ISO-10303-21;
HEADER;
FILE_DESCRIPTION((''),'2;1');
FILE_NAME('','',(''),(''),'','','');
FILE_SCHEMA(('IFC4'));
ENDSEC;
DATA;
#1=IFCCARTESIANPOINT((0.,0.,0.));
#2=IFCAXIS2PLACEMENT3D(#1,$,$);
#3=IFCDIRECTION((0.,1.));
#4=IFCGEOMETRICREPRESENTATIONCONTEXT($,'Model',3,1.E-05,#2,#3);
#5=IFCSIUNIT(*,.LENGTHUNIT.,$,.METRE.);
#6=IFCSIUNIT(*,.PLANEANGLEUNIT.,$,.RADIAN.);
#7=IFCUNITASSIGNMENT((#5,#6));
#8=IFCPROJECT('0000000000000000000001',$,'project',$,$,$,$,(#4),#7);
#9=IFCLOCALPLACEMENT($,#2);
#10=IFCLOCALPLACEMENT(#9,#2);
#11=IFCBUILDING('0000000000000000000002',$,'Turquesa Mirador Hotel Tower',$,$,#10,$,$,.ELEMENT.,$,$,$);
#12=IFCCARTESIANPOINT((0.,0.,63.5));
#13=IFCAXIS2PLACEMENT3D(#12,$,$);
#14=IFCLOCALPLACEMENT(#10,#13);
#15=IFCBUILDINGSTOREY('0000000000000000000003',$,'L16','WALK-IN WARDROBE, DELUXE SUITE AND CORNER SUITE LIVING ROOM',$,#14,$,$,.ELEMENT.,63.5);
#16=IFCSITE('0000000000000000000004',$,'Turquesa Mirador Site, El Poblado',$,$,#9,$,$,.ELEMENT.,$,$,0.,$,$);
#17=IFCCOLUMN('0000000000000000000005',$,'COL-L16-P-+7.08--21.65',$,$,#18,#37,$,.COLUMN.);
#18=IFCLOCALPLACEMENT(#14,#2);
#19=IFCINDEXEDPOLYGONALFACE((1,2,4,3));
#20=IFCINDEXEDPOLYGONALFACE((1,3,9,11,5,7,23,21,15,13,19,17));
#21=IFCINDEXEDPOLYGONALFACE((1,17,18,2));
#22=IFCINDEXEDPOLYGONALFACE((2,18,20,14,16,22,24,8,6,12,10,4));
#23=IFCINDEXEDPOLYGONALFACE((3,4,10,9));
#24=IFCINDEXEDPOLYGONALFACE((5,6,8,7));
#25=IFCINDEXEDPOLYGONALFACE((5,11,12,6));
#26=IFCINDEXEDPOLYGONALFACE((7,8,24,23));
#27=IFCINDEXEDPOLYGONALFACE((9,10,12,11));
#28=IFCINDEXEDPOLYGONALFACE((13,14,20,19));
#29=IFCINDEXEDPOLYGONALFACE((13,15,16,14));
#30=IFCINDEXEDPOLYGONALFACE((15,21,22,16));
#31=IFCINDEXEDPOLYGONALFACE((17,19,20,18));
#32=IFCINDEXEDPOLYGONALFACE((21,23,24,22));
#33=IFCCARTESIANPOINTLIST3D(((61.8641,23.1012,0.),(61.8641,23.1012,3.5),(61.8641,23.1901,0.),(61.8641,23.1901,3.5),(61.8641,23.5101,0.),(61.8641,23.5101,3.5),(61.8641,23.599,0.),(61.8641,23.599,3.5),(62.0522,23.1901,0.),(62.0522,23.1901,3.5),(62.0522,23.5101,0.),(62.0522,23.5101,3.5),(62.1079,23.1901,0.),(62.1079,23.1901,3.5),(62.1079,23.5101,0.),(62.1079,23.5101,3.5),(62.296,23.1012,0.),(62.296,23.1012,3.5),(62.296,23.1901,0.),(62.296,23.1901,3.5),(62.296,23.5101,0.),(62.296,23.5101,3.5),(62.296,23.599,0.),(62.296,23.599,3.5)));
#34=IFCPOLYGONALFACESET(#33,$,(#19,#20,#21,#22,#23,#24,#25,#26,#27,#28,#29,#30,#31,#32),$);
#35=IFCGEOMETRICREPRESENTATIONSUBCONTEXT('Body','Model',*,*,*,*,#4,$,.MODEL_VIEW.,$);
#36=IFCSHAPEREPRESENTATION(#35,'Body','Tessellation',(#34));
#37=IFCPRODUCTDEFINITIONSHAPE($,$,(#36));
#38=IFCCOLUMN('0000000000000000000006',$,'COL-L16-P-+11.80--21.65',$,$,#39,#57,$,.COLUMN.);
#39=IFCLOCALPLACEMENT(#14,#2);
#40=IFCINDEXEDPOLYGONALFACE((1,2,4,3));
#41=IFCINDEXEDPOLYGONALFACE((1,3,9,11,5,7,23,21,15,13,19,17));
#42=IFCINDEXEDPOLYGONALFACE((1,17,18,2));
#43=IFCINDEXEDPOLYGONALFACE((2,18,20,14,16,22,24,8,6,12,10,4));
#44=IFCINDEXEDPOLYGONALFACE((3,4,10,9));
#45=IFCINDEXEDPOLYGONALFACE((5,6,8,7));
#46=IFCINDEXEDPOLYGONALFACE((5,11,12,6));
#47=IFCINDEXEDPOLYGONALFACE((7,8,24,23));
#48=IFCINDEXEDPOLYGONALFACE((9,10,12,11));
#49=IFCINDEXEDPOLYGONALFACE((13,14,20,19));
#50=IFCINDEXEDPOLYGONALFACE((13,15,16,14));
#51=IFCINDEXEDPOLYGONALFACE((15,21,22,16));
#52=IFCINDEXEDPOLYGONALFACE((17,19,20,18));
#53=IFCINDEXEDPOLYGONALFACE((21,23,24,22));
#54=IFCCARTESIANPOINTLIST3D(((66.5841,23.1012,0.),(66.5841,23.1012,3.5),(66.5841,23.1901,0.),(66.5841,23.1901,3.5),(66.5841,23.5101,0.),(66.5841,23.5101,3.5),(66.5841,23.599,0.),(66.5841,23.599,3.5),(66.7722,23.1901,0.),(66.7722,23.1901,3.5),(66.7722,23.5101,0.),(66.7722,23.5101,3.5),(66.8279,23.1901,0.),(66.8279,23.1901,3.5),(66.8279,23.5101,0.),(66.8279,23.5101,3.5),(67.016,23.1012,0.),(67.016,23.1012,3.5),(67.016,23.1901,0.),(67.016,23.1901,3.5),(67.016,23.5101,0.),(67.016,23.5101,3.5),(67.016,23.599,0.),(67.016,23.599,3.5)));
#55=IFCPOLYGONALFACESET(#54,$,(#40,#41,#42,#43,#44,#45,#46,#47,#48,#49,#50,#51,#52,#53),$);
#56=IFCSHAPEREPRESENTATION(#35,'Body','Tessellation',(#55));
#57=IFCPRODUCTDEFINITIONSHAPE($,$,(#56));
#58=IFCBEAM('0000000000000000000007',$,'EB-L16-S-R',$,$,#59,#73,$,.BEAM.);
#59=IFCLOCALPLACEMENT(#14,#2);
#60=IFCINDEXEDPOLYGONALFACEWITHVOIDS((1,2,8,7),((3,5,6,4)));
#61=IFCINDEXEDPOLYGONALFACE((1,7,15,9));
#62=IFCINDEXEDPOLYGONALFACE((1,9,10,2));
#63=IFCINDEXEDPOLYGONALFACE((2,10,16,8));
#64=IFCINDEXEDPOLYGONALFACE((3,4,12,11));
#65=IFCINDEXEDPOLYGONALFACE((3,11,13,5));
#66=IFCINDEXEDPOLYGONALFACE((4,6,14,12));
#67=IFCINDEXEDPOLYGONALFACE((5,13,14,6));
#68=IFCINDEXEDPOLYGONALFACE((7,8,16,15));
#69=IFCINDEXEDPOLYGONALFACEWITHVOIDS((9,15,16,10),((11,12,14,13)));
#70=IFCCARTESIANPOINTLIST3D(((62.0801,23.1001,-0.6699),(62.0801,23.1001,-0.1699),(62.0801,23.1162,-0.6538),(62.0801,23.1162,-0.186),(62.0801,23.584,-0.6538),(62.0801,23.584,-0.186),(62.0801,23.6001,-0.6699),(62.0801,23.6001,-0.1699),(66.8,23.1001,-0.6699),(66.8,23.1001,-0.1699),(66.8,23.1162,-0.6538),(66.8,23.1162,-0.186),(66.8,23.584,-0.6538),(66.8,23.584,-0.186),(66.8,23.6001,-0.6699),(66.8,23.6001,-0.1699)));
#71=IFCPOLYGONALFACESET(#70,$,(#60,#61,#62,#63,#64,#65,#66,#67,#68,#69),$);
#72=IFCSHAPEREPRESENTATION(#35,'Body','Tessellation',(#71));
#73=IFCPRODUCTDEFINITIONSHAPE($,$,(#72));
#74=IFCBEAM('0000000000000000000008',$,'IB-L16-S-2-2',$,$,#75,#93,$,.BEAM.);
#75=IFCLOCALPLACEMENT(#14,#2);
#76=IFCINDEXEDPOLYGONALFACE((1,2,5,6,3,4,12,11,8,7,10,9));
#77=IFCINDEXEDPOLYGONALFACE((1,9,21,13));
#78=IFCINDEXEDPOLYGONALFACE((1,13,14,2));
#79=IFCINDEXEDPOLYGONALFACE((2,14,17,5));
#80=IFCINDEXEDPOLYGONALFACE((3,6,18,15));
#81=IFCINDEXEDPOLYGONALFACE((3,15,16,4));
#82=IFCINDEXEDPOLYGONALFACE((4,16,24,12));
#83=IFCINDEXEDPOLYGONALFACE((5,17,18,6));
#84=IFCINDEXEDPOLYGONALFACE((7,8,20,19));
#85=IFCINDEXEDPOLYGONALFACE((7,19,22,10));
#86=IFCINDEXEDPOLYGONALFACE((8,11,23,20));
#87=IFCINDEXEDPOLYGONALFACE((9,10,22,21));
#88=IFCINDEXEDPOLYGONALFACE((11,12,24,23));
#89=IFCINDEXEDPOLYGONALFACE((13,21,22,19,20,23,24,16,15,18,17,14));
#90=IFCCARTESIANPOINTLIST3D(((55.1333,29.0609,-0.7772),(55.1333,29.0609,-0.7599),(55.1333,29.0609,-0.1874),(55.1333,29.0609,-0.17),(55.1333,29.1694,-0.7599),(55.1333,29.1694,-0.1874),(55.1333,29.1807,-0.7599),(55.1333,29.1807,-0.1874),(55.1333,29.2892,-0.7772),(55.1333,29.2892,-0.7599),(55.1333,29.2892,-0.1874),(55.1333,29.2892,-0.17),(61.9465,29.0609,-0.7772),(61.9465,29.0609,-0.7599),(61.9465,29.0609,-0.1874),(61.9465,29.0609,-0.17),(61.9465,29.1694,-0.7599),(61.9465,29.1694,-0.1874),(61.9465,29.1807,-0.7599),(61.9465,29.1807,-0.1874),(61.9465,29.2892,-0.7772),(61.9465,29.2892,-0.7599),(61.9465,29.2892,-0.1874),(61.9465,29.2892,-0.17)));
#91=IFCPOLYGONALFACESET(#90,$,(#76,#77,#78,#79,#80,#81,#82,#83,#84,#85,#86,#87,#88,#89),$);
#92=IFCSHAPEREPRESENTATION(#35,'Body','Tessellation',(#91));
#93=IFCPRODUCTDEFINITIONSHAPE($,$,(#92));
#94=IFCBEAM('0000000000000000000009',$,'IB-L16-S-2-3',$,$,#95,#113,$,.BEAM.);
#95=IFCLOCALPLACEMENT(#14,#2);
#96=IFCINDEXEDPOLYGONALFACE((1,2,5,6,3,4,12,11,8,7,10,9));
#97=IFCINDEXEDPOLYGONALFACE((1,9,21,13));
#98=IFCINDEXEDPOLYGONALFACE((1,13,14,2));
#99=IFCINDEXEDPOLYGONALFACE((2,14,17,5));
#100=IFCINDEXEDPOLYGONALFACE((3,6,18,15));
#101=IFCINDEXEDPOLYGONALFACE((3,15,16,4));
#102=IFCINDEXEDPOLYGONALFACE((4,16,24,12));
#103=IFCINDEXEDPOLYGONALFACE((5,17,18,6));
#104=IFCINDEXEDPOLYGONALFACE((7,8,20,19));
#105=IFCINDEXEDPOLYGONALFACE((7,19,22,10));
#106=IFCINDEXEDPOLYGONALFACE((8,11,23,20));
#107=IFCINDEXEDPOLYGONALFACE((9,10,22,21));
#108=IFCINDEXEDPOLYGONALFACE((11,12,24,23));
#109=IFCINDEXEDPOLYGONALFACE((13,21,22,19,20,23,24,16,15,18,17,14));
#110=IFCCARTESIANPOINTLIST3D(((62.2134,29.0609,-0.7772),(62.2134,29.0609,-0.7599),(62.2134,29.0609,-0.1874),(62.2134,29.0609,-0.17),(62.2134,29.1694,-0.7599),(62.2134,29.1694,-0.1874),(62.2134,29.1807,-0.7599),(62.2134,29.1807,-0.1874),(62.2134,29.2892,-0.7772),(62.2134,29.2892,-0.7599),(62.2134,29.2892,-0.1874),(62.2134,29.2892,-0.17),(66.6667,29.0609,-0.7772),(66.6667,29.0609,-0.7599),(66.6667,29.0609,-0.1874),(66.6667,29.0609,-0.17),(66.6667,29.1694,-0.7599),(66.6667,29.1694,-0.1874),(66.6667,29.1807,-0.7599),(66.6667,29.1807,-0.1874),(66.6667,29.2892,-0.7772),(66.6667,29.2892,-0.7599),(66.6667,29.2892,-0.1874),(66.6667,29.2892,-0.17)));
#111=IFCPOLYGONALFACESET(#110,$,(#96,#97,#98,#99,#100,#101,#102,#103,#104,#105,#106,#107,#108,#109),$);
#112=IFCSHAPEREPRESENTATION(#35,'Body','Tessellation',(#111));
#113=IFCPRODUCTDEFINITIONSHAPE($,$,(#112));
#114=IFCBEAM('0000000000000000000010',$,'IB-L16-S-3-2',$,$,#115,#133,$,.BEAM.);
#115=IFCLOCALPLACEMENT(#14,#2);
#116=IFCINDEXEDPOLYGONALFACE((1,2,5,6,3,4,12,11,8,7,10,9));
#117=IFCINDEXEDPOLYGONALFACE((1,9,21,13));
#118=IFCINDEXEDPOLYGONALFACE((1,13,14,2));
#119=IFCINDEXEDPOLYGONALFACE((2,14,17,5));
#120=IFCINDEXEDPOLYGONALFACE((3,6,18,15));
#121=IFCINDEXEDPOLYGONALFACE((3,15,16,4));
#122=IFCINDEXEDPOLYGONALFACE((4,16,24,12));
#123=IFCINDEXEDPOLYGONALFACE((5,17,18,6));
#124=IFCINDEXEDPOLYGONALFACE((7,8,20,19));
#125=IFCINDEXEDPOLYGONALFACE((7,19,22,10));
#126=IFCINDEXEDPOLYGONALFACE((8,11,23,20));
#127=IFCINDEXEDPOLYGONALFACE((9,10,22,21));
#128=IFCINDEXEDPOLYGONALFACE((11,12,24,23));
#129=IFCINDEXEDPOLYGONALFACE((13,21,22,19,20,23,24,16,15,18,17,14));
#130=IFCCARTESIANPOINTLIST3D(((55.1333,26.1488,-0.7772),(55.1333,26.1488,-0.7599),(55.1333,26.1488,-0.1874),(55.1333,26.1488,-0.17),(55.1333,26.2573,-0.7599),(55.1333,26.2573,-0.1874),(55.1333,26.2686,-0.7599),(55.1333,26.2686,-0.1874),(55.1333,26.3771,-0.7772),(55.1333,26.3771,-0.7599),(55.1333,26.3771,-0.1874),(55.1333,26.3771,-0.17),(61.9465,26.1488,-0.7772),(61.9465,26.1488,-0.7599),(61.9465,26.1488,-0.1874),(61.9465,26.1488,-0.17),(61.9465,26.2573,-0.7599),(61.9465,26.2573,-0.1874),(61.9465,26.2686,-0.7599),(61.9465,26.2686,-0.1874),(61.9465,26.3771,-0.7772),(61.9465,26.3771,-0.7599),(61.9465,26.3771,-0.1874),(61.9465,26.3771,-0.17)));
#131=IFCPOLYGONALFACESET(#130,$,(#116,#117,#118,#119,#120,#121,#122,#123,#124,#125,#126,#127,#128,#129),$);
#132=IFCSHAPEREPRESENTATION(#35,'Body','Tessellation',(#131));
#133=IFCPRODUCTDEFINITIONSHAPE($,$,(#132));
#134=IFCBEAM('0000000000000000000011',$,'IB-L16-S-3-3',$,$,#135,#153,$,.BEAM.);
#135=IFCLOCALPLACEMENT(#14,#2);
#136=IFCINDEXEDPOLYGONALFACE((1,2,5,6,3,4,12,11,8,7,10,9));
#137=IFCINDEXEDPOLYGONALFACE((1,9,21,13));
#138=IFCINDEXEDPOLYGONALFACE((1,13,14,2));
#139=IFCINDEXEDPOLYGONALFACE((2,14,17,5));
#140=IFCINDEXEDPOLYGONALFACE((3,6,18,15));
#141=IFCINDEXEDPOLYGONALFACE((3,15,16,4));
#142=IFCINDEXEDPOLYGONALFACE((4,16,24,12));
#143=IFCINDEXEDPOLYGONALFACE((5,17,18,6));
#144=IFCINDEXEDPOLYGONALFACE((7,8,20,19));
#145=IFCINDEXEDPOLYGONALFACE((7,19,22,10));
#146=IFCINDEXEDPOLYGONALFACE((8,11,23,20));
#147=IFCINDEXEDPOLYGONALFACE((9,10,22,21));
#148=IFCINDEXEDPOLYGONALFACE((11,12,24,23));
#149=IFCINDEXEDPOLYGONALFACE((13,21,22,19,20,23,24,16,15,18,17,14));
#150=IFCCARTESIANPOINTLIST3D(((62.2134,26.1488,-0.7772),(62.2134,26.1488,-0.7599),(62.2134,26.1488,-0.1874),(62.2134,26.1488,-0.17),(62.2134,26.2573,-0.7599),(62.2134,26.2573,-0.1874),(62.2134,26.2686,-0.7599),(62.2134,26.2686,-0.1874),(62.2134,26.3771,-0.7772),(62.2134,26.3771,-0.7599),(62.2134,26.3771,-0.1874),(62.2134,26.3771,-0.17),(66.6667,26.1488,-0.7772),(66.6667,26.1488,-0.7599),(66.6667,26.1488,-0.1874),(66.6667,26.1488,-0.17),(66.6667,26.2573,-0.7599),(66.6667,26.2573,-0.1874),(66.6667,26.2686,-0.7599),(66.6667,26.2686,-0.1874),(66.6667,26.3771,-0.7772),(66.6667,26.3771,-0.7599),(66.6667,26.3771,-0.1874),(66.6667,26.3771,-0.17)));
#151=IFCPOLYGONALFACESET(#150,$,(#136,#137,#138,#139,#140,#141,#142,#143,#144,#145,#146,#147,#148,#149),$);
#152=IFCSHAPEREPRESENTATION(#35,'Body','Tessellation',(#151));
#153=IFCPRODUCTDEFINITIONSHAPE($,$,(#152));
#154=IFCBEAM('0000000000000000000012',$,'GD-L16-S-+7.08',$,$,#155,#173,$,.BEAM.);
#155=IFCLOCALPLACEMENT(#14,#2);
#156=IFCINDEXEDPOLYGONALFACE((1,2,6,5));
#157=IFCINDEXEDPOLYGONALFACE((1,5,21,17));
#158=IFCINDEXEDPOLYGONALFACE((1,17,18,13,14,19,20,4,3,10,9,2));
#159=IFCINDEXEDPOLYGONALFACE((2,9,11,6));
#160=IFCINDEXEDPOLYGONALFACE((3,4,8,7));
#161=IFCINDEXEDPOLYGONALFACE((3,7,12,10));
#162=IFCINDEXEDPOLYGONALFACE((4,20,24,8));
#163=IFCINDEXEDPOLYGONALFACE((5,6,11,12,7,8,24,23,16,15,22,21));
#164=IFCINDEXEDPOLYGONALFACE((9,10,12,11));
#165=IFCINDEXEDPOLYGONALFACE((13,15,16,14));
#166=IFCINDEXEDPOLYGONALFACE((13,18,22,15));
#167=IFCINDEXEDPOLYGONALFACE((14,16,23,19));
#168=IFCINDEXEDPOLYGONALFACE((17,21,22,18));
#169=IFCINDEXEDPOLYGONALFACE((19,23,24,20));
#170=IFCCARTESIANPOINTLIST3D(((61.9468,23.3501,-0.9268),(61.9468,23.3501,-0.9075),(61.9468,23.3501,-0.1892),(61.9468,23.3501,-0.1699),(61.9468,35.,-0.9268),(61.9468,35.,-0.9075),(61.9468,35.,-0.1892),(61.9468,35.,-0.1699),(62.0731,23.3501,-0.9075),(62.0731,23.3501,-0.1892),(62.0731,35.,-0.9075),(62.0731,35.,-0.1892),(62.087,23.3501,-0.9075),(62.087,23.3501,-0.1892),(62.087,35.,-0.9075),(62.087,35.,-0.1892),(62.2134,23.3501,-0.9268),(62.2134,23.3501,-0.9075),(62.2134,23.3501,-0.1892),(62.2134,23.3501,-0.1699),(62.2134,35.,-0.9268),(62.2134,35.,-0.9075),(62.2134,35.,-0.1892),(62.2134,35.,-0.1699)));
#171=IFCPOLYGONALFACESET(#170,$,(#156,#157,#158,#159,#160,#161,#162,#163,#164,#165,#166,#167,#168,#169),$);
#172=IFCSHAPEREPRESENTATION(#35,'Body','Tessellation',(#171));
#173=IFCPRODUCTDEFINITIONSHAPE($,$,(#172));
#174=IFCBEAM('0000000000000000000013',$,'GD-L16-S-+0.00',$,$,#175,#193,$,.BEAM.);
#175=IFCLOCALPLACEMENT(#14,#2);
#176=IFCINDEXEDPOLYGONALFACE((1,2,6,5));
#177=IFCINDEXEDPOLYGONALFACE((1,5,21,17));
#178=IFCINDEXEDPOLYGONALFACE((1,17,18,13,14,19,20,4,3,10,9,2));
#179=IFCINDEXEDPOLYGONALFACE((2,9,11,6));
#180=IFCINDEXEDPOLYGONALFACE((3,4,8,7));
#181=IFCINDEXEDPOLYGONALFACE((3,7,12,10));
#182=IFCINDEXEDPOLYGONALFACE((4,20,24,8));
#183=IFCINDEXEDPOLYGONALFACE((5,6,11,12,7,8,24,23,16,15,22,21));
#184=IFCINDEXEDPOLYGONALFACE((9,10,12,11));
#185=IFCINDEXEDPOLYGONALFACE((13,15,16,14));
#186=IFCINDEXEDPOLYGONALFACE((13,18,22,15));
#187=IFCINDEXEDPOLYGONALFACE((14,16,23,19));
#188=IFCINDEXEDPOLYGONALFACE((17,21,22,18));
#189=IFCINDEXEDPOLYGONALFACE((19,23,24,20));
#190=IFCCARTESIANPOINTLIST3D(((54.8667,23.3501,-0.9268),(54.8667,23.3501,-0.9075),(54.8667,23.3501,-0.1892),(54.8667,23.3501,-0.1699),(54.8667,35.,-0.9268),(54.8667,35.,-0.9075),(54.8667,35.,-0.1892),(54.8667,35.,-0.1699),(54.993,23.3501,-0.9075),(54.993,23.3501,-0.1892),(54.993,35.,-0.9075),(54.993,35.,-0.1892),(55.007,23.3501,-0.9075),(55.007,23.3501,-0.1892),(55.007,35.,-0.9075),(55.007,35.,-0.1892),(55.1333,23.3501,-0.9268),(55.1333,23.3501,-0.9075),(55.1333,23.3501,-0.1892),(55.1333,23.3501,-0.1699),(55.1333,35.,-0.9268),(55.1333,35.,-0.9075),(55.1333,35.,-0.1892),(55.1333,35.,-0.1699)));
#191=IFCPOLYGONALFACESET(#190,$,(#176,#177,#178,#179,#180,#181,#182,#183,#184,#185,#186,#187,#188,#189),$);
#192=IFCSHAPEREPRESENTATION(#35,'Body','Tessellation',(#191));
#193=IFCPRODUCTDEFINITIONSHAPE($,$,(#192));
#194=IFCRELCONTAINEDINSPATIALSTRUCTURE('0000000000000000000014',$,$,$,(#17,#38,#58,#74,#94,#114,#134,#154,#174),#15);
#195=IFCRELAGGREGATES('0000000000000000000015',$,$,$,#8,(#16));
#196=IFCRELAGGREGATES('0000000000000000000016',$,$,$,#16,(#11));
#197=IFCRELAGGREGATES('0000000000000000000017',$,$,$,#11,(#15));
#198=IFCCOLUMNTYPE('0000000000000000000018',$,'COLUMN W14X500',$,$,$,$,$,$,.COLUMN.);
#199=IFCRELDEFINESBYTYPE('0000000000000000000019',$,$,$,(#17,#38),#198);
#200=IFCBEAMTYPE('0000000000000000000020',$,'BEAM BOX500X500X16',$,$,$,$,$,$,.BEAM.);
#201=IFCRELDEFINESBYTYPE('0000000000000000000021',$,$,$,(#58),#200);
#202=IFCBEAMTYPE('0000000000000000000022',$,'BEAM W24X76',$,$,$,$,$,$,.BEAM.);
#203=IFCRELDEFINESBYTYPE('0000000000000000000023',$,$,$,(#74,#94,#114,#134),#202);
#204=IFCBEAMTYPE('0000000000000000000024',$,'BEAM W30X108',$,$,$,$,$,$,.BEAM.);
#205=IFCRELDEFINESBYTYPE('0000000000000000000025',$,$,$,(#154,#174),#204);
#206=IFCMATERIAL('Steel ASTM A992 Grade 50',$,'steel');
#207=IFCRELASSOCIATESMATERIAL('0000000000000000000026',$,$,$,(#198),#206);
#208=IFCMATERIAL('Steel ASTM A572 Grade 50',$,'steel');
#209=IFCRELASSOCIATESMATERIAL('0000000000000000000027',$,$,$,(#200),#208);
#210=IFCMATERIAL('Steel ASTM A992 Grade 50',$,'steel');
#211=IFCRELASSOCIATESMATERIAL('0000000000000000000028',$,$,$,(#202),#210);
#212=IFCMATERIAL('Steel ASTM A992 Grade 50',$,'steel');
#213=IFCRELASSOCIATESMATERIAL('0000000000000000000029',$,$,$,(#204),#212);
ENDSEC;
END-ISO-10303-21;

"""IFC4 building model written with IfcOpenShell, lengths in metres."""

from ifc_helpers import new_model, si_unit, direction, frame, origin, origin_2d, place, context, subcontext, project, spatial, hollow_rectangle, i_section, extrude, material, material_profile, profile_set, type_object, element, save


model = new_model("IFC4")

# Units and contexts
model_context = context("Model", 3, precision=1e-05, world=origin(), true_north=direction((0.0, 1.0)))
body_context = subcontext(model_context, "Body", "Model", "MODEL_VIEW")
ifc_project = project(units=[si_unit("LENGTHUNIT", "METRE"), si_unit("PLANEANGLEUNIT", "RADIAN")], contexts=[model_context])

# Site, building, storey
site_placement = place(None, origin())
site = spatial("IfcSite", under=ifc_project, at=site_placement, Name="Turquesa Mirador Site, El Poblado", CompositionType="ELEMENT", RefElevation=0.0)
building_placement = place(site_placement, origin())
building = spatial("IfcBuilding", under=site, at=building_placement, Name="Turquesa Mirador Hotel Tower", CompositionType="ELEMENT")
storey_placement = place(building_placement, frame((0.0, 0.0, 63.5)))
storey = spatial("IfcBuildingStorey", under=building, at=storey_placement, Name="L16", Description="WALK-IN WARDROBE, DELUXE SUITE AND CORNER SUITE LIVING ROOM", CompositionType="ELEMENT", Elevation=63.5)

# Columns
ifc_material_1 = material(Name="Steel ASTM A992 Grade 50", Category="steel")
ifc_material_profile_1 = material_profile(ifc_material_1, i_section(OverallWidth=0.4319, OverallDepth=0.4978, WebThickness=0.0557, FlangeThickness=0.0889, at=origin_2d()), Name="W14X500")
ifc_profile_set_1 = profile_set([ifc_material_profile_1], Name="Steel ASTM A992 Grade 50")
column_type = type_object("IfcColumnType", Name="COLUMN W14X500", PredefinedType="COLUMN", material=ifc_profile_set_1)
for number, where, z_axis, x_axis, name in (
    (1, (62.0801, 23.3501, 0.0), (0.0, 0.0, 1.0), (1.0, 0.0, 0.0), "COL-L16-P-+7.08--21.65"),
    (2, (66.8, 23.3501, 0.0), (0.0, 0.0, 1.0), (1.0, 0.0, 0.0), "COL-L16-P-+11.80--21.65"),
):
    element("IfcColumn", number, at=place(storey_placement, frame(where, z_axis=z_axis, x_axis=x_axis)), inside=storey, type_object=column_type, Name=name, PredefinedType="COLUMN", context=body_context, shape_type="SweptSolid", body=[
        extrude(i_section(OverallWidth=0.4319, OverallDepth=0.4978, WebThickness=0.0557, FlangeThickness=0.0889, at=origin_2d()), origin(), (0.0, 0.0, 1.0), 3.5),
    ])

# Beams
ifc_material_2 = material(Name="Steel ASTM A572 Grade 50", Category="steel")
ifc_material_profile_2 = material_profile(ifc_material_2, hollow_rectangle(XDim=0.5, YDim=0.5, WallThickness=0.0161, at=origin_2d()), Name="BOX500X500X16")
ifc_profile_set_2 = profile_set([ifc_material_profile_2], Name="Steel ASTM A572 Grade 50")
beam_type_1 = type_object("IfcBeamType", Name="BEAM BOX500X500X16", PredefinedType="BEAM", material=ifc_profile_set_2)
beam_1_placement = place(storey_placement, frame((62.0801, 23.3501, -0.4199), z_axis=(1.0, 0.0, 0.0), x_axis=(0.0, 1.0, 0.0)))
element("IfcBeam", 3, at=beam_1_placement, inside=storey, type_object=beam_type_1, Name="EB-L16-S-R", PredefinedType="BEAM", context=body_context, shape_type="SweptSolid", body=[
    extrude(hollow_rectangle(XDim=0.5, YDim=0.5, WallThickness=0.0161, at=origin_2d()), origin(), (0.0, 0.0, 1.0), 4.72),
])
ifc_material_3 = material(Name="Steel ASTM A992 Grade 50", Category="steel")
ifc_material_profile_3 = material_profile(ifc_material_3, i_section(OverallWidth=0.2283, OverallDepth=0.6072, WebThickness=0.0112, FlangeThickness=0.0173, at=origin_2d()), Name="W24X76")
ifc_profile_set_3 = profile_set([ifc_material_profile_3], Name="Steel ASTM A992 Grade 50")
beam_type_2 = type_object("IfcBeamType", Name="BEAM W24X76", PredefinedType="BEAM", material=ifc_profile_set_3)
beam_2_placement = place(storey_placement, frame((55.1333, 29.175, -0.4736), z_axis=(1.0, 0.0, 0.0), x_axis=(0.0, 1.0, 0.0)))
element("IfcBeam", 4, at=beam_2_placement, inside=storey, type_object=beam_type_2, Name="IB-L16-S-2-2", PredefinedType="BEAM", context=body_context, shape_type="SweptSolid", body=[
    extrude(i_section(OverallWidth=0.2283, OverallDepth=0.6072, WebThickness=0.0112, FlangeThickness=0.0173, at=origin_2d()), origin(), (0.0, 0.0, 1.0), 6.8132),
])
beam_3_placement = place(storey_placement, frame((62.2134, 29.175, -0.4736), z_axis=(1.0, 0.0, 0.0), x_axis=(0.0, 1.0, 0.0)))
element("IfcBeam", 5, at=beam_3_placement, inside=storey, type_object=beam_type_2, Name="IB-L16-S-2-3", PredefinedType="BEAM", context=body_context, shape_type="SweptSolid", body=[
    extrude(i_section(OverallWidth=0.2283, OverallDepth=0.6072, WebThickness=0.0112, FlangeThickness=0.0173, at=origin_2d()), origin(), (0.0, 0.0, 1.0), 4.4534),
])
beam_4_placement = place(storey_placement, frame((55.1333, 26.2629, -0.4736), z_axis=(1.0, 0.0, 0.0), x_axis=(0.0, 1.0, 0.0)))
element("IfcBeam", 6, at=beam_4_placement, inside=storey, type_object=beam_type_2, Name="IB-L16-S-3-2", PredefinedType="BEAM", context=body_context, shape_type="SweptSolid", body=[
    extrude(i_section(OverallWidth=0.2283, OverallDepth=0.6072, WebThickness=0.0112, FlangeThickness=0.0173, at=origin_2d()), origin(), (0.0, 0.0, 1.0), 6.8132),
])
beam_5_placement = place(storey_placement, frame((62.2134, 26.2629, -0.4736), z_axis=(1.0, 0.0, 0.0), x_axis=(0.0, 1.0, 0.0)))
element("IfcBeam", 7, at=beam_5_placement, inside=storey, type_object=beam_type_2, Name="IB-L16-S-3-3", PredefinedType="BEAM", context=body_context, shape_type="SweptSolid", body=[
    extrude(i_section(OverallWidth=0.2283, OverallDepth=0.6072, WebThickness=0.0112, FlangeThickness=0.0173, at=origin_2d()), origin(), (0.0, 0.0, 1.0), 4.4534),
])
ifc_material_4 = material(Name="Steel ASTM A992 Grade 50", Category="steel")
ifc_material_profile_4 = material_profile(ifc_material_4, i_section(OverallWidth=0.2666, OverallDepth=0.7568, WebThickness=0.0139, FlangeThickness=0.0193, at=origin_2d()), Name="W30X108")
ifc_profile_set_4 = profile_set([ifc_material_profile_4], Name="Steel ASTM A992 Grade 50")
beam_type_3 = type_object("IfcBeamType", Name="BEAM W30X108", PredefinedType="BEAM", material=ifc_profile_set_4)
for number, where, z_axis, x_axis, name in (
    (8, (62.0801, 23.3501, -0.5483), (0.0, 1.0, 0.0), (-1.0, 0.0, 0.0), "GD-L16-S-+7.08"),
    (9, (55.0, 23.3501, -0.5483), (0.0, 1.0, 0.0), (-1.0, 0.0, 0.0), "GD-L16-S-+0.00"),
):
    element("IfcBeam", number, at=place(storey_placement, frame(where, z_axis=z_axis, x_axis=x_axis)), inside=storey, type_object=beam_type_3, Name=name, PredefinedType="BEAM", context=body_context, shape_type="SweptSolid", body=[
        extrude(i_section(OverallWidth=0.2666, OverallDepth=0.7568, WebThickness=0.0139, FlangeThickness=0.0193, at=origin_2d()), origin(), (0.0, 0.0, 1.0), 11.6499),
    ])

save(model, "model.ifc")
